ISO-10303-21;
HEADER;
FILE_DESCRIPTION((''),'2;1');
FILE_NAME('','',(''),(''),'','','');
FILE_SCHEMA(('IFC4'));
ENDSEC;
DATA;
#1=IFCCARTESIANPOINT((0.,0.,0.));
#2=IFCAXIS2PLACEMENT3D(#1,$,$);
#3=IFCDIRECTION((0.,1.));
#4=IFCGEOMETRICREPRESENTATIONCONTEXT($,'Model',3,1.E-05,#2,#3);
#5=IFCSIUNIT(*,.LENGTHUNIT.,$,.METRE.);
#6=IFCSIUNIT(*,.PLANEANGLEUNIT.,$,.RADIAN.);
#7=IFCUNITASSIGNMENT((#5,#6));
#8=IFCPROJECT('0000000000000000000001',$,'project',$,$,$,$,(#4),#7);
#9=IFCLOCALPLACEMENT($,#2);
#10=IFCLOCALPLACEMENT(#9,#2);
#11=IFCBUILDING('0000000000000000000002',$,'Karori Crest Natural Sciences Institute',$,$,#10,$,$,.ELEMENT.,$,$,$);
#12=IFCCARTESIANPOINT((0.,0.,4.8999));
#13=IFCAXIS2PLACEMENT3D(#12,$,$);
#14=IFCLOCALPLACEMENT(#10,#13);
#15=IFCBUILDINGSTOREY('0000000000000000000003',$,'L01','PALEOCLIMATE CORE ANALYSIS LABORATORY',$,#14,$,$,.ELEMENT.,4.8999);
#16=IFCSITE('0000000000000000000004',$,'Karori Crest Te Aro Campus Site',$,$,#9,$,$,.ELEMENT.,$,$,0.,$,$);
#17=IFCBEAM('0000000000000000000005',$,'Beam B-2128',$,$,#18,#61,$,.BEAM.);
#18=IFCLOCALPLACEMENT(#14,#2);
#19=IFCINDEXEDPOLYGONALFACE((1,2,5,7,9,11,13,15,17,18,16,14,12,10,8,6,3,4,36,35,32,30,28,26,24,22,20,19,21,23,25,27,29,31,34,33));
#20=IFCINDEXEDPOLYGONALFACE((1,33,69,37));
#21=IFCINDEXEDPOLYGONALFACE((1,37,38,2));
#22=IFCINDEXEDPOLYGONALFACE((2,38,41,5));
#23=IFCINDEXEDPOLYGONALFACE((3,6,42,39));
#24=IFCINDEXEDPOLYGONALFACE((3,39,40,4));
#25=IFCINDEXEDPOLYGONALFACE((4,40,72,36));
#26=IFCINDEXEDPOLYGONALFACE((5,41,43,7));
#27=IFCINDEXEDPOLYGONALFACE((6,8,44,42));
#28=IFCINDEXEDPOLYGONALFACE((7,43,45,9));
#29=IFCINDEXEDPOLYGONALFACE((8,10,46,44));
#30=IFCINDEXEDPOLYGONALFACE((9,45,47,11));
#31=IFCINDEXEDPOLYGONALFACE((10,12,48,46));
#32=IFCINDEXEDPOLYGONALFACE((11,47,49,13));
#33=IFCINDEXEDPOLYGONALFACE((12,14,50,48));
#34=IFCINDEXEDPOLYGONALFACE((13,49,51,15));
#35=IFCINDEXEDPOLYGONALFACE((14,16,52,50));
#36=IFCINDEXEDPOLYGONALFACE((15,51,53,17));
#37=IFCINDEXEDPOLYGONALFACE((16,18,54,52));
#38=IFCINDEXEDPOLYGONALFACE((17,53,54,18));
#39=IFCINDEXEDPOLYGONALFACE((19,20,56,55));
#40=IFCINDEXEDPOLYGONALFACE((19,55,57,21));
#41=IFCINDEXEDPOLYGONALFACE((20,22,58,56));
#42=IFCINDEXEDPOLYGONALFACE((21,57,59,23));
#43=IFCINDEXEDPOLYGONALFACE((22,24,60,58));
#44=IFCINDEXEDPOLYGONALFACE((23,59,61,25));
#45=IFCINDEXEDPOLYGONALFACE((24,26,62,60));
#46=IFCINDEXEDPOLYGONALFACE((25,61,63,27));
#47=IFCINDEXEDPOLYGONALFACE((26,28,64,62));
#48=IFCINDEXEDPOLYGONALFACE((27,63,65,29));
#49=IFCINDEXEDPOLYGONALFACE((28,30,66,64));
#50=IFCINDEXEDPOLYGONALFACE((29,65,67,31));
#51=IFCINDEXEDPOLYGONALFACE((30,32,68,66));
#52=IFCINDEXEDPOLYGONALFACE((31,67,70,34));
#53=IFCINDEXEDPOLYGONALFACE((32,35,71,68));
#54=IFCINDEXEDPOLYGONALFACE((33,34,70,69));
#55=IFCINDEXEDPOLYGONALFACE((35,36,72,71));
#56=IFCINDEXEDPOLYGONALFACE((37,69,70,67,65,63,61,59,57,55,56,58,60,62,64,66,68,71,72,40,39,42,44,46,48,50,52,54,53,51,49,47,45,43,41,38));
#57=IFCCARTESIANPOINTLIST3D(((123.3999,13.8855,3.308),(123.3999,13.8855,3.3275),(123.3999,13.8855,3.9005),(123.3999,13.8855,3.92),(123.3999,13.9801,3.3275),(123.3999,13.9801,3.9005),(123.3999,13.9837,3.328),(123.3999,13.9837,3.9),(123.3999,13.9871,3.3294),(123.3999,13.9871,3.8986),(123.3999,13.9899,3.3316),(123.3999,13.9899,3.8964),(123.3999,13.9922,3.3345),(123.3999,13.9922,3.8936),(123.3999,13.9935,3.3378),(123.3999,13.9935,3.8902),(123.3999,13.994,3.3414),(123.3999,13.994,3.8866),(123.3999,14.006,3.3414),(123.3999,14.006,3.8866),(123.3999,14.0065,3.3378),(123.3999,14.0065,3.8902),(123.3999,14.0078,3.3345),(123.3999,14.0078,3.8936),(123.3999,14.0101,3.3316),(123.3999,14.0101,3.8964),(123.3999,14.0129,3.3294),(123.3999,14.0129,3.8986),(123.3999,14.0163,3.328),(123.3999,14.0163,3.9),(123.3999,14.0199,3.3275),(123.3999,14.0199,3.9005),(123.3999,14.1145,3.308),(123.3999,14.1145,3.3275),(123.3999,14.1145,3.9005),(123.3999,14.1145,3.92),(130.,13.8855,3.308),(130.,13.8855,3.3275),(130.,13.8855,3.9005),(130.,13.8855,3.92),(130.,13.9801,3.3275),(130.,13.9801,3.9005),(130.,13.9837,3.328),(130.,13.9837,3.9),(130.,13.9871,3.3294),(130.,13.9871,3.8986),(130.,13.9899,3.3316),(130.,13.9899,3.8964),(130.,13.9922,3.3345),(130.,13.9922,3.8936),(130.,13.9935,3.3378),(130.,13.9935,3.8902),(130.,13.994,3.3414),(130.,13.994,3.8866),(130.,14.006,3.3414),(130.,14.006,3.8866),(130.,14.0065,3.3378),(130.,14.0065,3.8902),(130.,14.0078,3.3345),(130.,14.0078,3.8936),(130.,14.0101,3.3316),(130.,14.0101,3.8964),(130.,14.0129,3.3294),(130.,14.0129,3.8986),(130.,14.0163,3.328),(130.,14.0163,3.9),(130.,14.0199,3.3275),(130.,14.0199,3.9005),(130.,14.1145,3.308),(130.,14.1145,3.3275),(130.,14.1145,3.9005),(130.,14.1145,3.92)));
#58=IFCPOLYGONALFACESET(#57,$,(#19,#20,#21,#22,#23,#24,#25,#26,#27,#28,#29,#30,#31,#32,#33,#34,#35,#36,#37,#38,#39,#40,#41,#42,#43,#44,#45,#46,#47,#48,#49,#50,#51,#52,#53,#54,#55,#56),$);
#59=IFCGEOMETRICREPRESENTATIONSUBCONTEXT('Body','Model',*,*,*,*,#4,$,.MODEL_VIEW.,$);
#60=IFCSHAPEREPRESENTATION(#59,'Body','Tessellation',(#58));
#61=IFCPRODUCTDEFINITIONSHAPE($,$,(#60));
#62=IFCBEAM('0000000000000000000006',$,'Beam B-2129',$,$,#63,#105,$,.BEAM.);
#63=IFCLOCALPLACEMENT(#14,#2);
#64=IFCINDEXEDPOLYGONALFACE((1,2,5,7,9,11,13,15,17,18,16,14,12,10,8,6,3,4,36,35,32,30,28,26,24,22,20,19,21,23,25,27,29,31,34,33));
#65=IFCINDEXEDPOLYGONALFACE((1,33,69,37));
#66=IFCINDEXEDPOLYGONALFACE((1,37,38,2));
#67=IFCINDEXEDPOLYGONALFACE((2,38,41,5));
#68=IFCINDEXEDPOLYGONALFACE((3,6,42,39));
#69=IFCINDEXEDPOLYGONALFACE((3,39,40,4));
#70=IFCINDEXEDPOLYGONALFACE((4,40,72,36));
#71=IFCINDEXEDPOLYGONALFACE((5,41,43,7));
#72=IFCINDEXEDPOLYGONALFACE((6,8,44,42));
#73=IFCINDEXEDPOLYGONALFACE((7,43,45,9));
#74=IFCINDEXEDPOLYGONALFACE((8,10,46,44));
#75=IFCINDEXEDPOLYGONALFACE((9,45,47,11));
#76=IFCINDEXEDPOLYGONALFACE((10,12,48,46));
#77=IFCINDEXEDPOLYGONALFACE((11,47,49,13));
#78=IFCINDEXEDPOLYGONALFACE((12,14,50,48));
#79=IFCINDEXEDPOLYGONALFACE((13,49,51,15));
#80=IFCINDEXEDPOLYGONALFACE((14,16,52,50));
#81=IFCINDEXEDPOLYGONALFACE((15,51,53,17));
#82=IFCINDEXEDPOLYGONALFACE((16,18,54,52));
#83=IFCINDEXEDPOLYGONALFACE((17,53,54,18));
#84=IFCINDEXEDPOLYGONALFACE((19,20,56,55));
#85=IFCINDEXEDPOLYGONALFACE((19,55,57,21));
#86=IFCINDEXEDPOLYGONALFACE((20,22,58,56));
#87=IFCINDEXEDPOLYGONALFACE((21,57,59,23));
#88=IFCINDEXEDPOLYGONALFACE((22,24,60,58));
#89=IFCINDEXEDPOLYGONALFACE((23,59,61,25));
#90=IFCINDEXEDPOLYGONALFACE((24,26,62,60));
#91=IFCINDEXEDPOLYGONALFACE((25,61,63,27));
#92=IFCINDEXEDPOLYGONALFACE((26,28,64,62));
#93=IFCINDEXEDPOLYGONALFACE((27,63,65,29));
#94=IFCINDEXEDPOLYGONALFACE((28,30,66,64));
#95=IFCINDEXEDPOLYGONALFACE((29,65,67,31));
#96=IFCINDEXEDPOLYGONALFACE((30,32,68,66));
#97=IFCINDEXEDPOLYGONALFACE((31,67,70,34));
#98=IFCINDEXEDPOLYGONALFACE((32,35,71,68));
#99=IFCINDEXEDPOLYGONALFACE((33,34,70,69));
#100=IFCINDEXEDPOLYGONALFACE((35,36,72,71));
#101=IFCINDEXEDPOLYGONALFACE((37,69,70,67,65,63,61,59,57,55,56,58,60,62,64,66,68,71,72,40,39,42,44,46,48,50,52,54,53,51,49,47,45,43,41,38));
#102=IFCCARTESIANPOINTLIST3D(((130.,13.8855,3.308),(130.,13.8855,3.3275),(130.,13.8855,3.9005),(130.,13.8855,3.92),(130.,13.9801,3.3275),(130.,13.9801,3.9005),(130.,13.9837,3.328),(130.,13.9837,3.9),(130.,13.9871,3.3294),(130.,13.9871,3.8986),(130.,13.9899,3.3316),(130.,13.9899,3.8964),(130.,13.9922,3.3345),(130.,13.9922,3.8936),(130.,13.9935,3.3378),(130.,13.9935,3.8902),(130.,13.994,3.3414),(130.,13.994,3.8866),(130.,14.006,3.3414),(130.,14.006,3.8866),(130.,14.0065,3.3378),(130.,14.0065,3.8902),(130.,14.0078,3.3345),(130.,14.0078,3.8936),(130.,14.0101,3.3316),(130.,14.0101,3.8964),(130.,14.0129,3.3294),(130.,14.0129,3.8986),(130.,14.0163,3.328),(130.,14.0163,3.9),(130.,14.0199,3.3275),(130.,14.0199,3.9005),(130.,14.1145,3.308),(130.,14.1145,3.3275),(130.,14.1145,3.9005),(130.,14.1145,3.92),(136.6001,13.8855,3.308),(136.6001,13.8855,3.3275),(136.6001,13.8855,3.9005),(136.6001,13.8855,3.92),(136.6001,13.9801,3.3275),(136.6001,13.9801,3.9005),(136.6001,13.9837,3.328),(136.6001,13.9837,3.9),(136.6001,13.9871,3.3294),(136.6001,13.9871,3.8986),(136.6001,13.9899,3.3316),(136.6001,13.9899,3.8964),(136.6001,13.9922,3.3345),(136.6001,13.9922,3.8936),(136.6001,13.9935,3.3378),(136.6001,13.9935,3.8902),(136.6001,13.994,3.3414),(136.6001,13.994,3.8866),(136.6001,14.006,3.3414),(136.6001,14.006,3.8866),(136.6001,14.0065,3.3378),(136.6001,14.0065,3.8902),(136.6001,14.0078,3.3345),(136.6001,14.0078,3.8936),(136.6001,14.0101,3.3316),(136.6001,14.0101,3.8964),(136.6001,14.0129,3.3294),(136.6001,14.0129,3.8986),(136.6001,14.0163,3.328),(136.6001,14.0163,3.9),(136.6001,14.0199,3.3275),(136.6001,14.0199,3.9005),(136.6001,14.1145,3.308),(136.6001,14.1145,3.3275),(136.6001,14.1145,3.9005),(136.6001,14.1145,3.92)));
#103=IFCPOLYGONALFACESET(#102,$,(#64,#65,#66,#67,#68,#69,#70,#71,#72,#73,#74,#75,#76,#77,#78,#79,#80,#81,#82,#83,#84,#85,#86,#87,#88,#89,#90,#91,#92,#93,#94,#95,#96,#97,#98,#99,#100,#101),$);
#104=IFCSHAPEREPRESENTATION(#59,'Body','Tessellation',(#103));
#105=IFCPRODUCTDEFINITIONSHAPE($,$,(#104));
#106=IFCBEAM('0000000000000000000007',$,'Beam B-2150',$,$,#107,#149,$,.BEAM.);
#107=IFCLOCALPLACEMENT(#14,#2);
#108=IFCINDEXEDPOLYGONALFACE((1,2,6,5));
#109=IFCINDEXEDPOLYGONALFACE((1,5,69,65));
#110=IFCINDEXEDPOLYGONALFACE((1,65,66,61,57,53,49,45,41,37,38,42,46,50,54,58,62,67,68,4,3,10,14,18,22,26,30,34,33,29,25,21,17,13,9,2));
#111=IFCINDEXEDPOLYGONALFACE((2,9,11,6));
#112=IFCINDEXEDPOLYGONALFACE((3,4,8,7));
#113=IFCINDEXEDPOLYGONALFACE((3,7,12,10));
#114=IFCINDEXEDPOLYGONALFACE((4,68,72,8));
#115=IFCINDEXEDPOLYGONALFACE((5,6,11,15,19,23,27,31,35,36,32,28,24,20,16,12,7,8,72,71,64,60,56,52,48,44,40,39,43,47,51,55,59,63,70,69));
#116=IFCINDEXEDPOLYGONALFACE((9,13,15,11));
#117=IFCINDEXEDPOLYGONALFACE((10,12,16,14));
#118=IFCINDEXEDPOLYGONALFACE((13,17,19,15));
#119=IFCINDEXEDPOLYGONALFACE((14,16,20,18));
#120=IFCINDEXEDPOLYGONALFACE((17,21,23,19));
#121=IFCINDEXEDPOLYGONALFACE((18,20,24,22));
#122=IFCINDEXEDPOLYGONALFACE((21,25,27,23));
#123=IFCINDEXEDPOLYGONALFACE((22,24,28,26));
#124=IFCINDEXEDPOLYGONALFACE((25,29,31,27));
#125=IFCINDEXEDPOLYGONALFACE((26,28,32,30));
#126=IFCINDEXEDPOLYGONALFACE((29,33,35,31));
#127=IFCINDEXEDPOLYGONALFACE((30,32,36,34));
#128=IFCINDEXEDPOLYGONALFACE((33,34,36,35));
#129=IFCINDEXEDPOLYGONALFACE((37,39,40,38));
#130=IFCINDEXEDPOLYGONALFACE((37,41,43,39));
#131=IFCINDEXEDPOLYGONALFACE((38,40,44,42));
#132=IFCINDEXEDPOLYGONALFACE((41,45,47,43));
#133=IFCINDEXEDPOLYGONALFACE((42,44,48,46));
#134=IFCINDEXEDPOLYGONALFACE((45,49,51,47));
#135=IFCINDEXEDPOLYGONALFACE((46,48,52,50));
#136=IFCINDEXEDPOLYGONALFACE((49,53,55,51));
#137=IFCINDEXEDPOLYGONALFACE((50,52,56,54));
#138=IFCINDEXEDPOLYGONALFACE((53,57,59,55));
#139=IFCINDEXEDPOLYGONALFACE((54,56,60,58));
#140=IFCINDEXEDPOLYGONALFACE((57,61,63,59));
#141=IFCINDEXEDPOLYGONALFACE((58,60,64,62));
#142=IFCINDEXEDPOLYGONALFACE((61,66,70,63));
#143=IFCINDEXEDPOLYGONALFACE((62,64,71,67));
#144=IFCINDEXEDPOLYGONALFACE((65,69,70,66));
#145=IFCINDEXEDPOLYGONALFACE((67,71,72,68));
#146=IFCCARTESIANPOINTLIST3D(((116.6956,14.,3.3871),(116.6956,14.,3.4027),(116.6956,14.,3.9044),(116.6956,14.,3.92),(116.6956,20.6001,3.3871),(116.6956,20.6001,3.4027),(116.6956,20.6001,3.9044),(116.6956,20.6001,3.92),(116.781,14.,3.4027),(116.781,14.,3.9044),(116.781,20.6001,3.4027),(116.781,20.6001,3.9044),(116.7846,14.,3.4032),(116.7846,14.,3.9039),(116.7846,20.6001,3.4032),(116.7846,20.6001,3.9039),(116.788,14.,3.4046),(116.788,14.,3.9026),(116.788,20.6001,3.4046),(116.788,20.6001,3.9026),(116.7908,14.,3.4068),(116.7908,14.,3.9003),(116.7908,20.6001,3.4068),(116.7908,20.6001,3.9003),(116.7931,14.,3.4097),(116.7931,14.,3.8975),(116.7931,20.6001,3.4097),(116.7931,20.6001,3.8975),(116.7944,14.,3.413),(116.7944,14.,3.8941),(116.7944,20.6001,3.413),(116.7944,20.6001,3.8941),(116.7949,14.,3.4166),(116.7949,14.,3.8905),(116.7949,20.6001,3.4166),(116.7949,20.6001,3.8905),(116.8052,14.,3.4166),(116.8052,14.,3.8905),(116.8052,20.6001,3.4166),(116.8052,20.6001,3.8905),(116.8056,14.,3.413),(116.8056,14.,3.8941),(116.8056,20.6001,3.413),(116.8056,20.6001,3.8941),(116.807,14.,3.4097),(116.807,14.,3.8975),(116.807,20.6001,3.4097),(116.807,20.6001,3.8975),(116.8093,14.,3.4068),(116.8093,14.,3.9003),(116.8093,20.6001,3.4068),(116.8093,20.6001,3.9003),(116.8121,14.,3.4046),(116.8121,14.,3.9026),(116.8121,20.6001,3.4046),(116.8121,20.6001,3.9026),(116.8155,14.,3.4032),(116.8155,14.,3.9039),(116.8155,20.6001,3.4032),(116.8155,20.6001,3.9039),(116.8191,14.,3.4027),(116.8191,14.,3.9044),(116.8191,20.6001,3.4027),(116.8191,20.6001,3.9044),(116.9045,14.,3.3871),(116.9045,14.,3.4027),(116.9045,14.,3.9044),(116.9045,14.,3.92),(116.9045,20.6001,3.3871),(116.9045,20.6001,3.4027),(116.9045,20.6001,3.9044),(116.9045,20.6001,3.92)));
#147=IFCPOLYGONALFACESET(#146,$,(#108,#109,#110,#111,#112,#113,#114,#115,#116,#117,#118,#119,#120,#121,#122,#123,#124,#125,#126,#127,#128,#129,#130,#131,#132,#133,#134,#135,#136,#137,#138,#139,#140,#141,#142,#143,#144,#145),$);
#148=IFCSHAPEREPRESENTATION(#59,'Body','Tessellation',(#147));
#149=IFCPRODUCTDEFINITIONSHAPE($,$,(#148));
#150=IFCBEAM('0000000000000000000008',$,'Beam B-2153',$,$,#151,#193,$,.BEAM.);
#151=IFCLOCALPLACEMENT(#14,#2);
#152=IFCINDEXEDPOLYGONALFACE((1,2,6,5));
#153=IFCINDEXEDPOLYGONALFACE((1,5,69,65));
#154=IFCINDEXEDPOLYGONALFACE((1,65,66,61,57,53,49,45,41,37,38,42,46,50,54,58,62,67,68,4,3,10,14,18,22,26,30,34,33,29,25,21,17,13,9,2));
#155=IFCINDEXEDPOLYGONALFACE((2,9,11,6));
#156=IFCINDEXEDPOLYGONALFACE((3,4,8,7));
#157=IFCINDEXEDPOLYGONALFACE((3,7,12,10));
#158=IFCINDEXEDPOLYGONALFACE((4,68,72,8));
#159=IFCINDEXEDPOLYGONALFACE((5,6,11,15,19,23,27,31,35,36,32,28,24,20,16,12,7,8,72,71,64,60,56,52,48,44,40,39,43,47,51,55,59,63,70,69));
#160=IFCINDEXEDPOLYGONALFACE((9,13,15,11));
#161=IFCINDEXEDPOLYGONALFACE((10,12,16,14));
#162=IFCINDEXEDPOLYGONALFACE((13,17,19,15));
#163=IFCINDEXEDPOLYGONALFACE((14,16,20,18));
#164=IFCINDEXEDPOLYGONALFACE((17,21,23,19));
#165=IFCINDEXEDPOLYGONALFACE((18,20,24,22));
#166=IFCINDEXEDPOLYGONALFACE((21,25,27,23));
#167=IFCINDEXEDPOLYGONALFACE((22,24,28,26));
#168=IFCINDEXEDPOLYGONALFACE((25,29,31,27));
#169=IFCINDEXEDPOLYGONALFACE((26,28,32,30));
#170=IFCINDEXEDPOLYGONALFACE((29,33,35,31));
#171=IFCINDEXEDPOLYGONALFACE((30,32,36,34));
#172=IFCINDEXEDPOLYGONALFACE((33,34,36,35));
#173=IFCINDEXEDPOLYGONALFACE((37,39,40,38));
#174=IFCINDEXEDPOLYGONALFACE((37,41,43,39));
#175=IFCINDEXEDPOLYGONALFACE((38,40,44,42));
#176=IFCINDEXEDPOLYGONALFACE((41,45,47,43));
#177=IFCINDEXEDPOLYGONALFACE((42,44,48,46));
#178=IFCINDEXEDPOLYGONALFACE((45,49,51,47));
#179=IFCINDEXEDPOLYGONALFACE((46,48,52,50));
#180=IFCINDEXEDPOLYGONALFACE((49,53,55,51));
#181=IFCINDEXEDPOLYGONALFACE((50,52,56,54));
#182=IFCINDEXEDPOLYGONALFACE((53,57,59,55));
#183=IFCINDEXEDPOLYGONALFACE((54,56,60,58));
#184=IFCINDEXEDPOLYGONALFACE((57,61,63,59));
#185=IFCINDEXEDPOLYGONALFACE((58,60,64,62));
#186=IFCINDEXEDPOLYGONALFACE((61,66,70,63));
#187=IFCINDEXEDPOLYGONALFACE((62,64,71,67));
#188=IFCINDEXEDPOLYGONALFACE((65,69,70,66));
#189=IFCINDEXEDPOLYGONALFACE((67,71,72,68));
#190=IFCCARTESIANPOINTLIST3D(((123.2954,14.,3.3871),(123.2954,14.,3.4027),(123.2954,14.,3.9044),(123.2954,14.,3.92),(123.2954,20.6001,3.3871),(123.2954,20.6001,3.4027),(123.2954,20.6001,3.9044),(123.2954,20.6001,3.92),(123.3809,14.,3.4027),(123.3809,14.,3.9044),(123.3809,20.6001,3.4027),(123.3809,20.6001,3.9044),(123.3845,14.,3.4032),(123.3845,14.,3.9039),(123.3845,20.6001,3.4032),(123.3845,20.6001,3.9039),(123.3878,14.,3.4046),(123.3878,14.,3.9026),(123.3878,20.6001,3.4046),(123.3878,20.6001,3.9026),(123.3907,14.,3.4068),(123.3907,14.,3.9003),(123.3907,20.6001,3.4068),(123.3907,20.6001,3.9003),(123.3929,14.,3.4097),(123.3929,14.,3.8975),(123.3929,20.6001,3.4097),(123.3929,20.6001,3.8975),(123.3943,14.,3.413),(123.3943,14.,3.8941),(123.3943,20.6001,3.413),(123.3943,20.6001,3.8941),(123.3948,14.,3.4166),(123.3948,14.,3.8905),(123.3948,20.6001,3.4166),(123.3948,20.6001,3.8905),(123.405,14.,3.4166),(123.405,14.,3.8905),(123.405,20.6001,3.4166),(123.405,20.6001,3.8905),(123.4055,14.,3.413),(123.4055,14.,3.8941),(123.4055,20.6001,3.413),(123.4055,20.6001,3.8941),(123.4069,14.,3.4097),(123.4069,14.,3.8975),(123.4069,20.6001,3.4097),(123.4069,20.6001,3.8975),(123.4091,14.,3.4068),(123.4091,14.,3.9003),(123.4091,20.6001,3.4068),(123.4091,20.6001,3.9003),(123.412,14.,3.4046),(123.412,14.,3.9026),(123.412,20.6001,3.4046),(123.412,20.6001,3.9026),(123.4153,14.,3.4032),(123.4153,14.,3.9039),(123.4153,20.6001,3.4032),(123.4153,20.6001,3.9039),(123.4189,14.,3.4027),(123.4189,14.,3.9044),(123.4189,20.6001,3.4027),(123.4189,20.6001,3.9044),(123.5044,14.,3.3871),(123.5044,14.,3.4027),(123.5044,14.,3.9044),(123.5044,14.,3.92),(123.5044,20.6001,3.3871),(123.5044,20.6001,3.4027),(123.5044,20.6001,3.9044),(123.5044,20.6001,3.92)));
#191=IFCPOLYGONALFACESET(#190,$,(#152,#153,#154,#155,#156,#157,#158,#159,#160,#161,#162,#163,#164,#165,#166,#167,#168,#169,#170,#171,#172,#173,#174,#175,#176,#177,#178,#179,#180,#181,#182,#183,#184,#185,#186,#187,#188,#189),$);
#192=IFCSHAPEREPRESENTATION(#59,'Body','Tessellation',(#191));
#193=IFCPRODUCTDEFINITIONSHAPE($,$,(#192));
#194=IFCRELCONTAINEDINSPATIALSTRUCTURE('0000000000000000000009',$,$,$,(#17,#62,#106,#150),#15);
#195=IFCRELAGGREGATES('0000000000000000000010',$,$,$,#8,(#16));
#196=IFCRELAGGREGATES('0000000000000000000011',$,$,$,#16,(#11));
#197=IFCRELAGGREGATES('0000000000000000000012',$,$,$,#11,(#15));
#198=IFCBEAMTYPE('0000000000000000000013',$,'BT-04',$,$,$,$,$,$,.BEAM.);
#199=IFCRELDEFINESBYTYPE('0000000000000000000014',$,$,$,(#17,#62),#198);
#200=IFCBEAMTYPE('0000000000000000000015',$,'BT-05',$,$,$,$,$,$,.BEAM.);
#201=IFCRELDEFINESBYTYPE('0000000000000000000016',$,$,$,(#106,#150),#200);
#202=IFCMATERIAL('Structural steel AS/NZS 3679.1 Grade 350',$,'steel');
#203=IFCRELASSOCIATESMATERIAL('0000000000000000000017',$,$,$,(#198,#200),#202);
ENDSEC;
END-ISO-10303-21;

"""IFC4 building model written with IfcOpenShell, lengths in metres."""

from ifc_helpers import new_model, si_unit, direction, frame, origin, origin_2d, place, context, subcontext, project, spatial, i_section, extrude, material, material_profile, profile_set, type_object, element, save


model = new_model("IFC4")

# Units and contexts
model_context = context("Model", 3, precision=1e-05, world=origin(), true_north=direction((0.0, 1.0)))
body_context = subcontext(model_context, "Body", "Model", "MODEL_VIEW")
ifc_project = project(units=[si_unit("LENGTHUNIT", "METRE"), si_unit("PLANEANGLEUNIT", "RADIAN")], contexts=[model_context])

# Site, building, storey
site_placement = place(None, origin())
site = spatial("IfcSite", under=ifc_project, at=site_placement, Name="Karori Crest Te Aro Campus Site", CompositionType="ELEMENT", RefElevation=0.0)
building_placement = place(site_placement, origin())
building = spatial("IfcBuilding", under=site, at=building_placement, Name="Karori Crest Natural Sciences Institute", CompositionType="ELEMENT")
storey_placement = place(building_placement, frame((0.0, 0.0, 4.8999)))
storey = spatial("IfcBuildingStorey", under=building, at=storey_placement, Name="L01", Description="PALEOCLIMATE CORE ANALYSIS LABORATORY", CompositionType="ELEMENT", Elevation=4.8999)

# Shared definitions
ifc_material_1 = material(Name="Structural steel AS/NZS 3679.1 Grade 350", Category="steel")

# Beams
ifc_material_profile_1 = material_profile(ifc_material_1, i_section(OverallWidth=0.229, OverallDepth=0.6121, WebThickness=0.012, FlangeThickness=0.0195, FilletRadius=0.0139, at=origin_2d()), Name="610UB125")
ifc_profile_set_1 = profile_set([ifc_material_profile_1], Name="Structural steel AS/NZS 3679.1 Grade 350")
beam_type_1 = type_object("IfcBeamType", Name="BT-04", PredefinedType="BEAM", material=ifc_profile_set_1)
for number, where, z_axis, x_axis, name in (
    (1, (123.3999, 14.0, 3.614), (1.0, 0.0, 0.0), (0.0, 1.0, 0.0), "Beam B-2128"),
    (2, (130.0, 14.0, 3.614), (1.0, 0.0, 0.0), (0.0, 1.0, 0.0), "Beam B-2129"),
):
    element("IfcBeam", number, at=place(storey_placement, frame(where, z_axis=z_axis, x_axis=x_axis)), inside=storey, type_object=beam_type_1, Name=name, PredefinedType="BEAM", context=body_context, shape_type="SweptSolid", body=[
        extrude(i_section(OverallWidth=0.229, OverallDepth=0.6121, WebThickness=0.012, FlangeThickness=0.0195, FilletRadius=0.0139, at=origin_2d()), origin(), (0.0, 0.0, 1.0), 6.6001),
    ])
ifc_material_profile_2 = material_profile(ifc_material_1, i_section(OverallWidth=0.209, OverallDepth=0.533, WebThickness=0.0103, FlangeThickness=0.0156, FilletRadius=0.0139, at=origin_2d()), Name="530UB92.4")
ifc_profile_set_2 = profile_set([ifc_material_profile_2], Name="Structural steel AS/NZS 3679.1 Grade 350")
beam_type_2 = type_object("IfcBeamType", Name="BT-05", PredefinedType="BEAM", material=ifc_profile_set_2)
for number, where, z_axis, x_axis, name in (
    (3, (116.8, 14.0, 3.6536), (0.0, 1.0, 0.0), (-1.0, 0.0, 0.0), "Beam B-2150"),
    (4, (123.3999, 14.0, 3.6536), (0.0, 1.0, 0.0), (-1.0, 0.0, 0.0), "Beam B-2153"),
):
    element("IfcBeam", number, at=place(storey_placement, frame(where, z_axis=z_axis, x_axis=x_axis)), inside=storey, type_object=beam_type_2, Name=name, PredefinedType="BEAM", context=body_context, shape_type="SweptSolid", body=[
        extrude(i_section(OverallWidth=0.209, OverallDepth=0.533, WebThickness=0.0103, FlangeThickness=0.0156, FilletRadius=0.0139, at=origin_2d()), origin(), (0.0, 0.0, 1.0), 6.6001),
    ])

save(model, "model.ifc")
